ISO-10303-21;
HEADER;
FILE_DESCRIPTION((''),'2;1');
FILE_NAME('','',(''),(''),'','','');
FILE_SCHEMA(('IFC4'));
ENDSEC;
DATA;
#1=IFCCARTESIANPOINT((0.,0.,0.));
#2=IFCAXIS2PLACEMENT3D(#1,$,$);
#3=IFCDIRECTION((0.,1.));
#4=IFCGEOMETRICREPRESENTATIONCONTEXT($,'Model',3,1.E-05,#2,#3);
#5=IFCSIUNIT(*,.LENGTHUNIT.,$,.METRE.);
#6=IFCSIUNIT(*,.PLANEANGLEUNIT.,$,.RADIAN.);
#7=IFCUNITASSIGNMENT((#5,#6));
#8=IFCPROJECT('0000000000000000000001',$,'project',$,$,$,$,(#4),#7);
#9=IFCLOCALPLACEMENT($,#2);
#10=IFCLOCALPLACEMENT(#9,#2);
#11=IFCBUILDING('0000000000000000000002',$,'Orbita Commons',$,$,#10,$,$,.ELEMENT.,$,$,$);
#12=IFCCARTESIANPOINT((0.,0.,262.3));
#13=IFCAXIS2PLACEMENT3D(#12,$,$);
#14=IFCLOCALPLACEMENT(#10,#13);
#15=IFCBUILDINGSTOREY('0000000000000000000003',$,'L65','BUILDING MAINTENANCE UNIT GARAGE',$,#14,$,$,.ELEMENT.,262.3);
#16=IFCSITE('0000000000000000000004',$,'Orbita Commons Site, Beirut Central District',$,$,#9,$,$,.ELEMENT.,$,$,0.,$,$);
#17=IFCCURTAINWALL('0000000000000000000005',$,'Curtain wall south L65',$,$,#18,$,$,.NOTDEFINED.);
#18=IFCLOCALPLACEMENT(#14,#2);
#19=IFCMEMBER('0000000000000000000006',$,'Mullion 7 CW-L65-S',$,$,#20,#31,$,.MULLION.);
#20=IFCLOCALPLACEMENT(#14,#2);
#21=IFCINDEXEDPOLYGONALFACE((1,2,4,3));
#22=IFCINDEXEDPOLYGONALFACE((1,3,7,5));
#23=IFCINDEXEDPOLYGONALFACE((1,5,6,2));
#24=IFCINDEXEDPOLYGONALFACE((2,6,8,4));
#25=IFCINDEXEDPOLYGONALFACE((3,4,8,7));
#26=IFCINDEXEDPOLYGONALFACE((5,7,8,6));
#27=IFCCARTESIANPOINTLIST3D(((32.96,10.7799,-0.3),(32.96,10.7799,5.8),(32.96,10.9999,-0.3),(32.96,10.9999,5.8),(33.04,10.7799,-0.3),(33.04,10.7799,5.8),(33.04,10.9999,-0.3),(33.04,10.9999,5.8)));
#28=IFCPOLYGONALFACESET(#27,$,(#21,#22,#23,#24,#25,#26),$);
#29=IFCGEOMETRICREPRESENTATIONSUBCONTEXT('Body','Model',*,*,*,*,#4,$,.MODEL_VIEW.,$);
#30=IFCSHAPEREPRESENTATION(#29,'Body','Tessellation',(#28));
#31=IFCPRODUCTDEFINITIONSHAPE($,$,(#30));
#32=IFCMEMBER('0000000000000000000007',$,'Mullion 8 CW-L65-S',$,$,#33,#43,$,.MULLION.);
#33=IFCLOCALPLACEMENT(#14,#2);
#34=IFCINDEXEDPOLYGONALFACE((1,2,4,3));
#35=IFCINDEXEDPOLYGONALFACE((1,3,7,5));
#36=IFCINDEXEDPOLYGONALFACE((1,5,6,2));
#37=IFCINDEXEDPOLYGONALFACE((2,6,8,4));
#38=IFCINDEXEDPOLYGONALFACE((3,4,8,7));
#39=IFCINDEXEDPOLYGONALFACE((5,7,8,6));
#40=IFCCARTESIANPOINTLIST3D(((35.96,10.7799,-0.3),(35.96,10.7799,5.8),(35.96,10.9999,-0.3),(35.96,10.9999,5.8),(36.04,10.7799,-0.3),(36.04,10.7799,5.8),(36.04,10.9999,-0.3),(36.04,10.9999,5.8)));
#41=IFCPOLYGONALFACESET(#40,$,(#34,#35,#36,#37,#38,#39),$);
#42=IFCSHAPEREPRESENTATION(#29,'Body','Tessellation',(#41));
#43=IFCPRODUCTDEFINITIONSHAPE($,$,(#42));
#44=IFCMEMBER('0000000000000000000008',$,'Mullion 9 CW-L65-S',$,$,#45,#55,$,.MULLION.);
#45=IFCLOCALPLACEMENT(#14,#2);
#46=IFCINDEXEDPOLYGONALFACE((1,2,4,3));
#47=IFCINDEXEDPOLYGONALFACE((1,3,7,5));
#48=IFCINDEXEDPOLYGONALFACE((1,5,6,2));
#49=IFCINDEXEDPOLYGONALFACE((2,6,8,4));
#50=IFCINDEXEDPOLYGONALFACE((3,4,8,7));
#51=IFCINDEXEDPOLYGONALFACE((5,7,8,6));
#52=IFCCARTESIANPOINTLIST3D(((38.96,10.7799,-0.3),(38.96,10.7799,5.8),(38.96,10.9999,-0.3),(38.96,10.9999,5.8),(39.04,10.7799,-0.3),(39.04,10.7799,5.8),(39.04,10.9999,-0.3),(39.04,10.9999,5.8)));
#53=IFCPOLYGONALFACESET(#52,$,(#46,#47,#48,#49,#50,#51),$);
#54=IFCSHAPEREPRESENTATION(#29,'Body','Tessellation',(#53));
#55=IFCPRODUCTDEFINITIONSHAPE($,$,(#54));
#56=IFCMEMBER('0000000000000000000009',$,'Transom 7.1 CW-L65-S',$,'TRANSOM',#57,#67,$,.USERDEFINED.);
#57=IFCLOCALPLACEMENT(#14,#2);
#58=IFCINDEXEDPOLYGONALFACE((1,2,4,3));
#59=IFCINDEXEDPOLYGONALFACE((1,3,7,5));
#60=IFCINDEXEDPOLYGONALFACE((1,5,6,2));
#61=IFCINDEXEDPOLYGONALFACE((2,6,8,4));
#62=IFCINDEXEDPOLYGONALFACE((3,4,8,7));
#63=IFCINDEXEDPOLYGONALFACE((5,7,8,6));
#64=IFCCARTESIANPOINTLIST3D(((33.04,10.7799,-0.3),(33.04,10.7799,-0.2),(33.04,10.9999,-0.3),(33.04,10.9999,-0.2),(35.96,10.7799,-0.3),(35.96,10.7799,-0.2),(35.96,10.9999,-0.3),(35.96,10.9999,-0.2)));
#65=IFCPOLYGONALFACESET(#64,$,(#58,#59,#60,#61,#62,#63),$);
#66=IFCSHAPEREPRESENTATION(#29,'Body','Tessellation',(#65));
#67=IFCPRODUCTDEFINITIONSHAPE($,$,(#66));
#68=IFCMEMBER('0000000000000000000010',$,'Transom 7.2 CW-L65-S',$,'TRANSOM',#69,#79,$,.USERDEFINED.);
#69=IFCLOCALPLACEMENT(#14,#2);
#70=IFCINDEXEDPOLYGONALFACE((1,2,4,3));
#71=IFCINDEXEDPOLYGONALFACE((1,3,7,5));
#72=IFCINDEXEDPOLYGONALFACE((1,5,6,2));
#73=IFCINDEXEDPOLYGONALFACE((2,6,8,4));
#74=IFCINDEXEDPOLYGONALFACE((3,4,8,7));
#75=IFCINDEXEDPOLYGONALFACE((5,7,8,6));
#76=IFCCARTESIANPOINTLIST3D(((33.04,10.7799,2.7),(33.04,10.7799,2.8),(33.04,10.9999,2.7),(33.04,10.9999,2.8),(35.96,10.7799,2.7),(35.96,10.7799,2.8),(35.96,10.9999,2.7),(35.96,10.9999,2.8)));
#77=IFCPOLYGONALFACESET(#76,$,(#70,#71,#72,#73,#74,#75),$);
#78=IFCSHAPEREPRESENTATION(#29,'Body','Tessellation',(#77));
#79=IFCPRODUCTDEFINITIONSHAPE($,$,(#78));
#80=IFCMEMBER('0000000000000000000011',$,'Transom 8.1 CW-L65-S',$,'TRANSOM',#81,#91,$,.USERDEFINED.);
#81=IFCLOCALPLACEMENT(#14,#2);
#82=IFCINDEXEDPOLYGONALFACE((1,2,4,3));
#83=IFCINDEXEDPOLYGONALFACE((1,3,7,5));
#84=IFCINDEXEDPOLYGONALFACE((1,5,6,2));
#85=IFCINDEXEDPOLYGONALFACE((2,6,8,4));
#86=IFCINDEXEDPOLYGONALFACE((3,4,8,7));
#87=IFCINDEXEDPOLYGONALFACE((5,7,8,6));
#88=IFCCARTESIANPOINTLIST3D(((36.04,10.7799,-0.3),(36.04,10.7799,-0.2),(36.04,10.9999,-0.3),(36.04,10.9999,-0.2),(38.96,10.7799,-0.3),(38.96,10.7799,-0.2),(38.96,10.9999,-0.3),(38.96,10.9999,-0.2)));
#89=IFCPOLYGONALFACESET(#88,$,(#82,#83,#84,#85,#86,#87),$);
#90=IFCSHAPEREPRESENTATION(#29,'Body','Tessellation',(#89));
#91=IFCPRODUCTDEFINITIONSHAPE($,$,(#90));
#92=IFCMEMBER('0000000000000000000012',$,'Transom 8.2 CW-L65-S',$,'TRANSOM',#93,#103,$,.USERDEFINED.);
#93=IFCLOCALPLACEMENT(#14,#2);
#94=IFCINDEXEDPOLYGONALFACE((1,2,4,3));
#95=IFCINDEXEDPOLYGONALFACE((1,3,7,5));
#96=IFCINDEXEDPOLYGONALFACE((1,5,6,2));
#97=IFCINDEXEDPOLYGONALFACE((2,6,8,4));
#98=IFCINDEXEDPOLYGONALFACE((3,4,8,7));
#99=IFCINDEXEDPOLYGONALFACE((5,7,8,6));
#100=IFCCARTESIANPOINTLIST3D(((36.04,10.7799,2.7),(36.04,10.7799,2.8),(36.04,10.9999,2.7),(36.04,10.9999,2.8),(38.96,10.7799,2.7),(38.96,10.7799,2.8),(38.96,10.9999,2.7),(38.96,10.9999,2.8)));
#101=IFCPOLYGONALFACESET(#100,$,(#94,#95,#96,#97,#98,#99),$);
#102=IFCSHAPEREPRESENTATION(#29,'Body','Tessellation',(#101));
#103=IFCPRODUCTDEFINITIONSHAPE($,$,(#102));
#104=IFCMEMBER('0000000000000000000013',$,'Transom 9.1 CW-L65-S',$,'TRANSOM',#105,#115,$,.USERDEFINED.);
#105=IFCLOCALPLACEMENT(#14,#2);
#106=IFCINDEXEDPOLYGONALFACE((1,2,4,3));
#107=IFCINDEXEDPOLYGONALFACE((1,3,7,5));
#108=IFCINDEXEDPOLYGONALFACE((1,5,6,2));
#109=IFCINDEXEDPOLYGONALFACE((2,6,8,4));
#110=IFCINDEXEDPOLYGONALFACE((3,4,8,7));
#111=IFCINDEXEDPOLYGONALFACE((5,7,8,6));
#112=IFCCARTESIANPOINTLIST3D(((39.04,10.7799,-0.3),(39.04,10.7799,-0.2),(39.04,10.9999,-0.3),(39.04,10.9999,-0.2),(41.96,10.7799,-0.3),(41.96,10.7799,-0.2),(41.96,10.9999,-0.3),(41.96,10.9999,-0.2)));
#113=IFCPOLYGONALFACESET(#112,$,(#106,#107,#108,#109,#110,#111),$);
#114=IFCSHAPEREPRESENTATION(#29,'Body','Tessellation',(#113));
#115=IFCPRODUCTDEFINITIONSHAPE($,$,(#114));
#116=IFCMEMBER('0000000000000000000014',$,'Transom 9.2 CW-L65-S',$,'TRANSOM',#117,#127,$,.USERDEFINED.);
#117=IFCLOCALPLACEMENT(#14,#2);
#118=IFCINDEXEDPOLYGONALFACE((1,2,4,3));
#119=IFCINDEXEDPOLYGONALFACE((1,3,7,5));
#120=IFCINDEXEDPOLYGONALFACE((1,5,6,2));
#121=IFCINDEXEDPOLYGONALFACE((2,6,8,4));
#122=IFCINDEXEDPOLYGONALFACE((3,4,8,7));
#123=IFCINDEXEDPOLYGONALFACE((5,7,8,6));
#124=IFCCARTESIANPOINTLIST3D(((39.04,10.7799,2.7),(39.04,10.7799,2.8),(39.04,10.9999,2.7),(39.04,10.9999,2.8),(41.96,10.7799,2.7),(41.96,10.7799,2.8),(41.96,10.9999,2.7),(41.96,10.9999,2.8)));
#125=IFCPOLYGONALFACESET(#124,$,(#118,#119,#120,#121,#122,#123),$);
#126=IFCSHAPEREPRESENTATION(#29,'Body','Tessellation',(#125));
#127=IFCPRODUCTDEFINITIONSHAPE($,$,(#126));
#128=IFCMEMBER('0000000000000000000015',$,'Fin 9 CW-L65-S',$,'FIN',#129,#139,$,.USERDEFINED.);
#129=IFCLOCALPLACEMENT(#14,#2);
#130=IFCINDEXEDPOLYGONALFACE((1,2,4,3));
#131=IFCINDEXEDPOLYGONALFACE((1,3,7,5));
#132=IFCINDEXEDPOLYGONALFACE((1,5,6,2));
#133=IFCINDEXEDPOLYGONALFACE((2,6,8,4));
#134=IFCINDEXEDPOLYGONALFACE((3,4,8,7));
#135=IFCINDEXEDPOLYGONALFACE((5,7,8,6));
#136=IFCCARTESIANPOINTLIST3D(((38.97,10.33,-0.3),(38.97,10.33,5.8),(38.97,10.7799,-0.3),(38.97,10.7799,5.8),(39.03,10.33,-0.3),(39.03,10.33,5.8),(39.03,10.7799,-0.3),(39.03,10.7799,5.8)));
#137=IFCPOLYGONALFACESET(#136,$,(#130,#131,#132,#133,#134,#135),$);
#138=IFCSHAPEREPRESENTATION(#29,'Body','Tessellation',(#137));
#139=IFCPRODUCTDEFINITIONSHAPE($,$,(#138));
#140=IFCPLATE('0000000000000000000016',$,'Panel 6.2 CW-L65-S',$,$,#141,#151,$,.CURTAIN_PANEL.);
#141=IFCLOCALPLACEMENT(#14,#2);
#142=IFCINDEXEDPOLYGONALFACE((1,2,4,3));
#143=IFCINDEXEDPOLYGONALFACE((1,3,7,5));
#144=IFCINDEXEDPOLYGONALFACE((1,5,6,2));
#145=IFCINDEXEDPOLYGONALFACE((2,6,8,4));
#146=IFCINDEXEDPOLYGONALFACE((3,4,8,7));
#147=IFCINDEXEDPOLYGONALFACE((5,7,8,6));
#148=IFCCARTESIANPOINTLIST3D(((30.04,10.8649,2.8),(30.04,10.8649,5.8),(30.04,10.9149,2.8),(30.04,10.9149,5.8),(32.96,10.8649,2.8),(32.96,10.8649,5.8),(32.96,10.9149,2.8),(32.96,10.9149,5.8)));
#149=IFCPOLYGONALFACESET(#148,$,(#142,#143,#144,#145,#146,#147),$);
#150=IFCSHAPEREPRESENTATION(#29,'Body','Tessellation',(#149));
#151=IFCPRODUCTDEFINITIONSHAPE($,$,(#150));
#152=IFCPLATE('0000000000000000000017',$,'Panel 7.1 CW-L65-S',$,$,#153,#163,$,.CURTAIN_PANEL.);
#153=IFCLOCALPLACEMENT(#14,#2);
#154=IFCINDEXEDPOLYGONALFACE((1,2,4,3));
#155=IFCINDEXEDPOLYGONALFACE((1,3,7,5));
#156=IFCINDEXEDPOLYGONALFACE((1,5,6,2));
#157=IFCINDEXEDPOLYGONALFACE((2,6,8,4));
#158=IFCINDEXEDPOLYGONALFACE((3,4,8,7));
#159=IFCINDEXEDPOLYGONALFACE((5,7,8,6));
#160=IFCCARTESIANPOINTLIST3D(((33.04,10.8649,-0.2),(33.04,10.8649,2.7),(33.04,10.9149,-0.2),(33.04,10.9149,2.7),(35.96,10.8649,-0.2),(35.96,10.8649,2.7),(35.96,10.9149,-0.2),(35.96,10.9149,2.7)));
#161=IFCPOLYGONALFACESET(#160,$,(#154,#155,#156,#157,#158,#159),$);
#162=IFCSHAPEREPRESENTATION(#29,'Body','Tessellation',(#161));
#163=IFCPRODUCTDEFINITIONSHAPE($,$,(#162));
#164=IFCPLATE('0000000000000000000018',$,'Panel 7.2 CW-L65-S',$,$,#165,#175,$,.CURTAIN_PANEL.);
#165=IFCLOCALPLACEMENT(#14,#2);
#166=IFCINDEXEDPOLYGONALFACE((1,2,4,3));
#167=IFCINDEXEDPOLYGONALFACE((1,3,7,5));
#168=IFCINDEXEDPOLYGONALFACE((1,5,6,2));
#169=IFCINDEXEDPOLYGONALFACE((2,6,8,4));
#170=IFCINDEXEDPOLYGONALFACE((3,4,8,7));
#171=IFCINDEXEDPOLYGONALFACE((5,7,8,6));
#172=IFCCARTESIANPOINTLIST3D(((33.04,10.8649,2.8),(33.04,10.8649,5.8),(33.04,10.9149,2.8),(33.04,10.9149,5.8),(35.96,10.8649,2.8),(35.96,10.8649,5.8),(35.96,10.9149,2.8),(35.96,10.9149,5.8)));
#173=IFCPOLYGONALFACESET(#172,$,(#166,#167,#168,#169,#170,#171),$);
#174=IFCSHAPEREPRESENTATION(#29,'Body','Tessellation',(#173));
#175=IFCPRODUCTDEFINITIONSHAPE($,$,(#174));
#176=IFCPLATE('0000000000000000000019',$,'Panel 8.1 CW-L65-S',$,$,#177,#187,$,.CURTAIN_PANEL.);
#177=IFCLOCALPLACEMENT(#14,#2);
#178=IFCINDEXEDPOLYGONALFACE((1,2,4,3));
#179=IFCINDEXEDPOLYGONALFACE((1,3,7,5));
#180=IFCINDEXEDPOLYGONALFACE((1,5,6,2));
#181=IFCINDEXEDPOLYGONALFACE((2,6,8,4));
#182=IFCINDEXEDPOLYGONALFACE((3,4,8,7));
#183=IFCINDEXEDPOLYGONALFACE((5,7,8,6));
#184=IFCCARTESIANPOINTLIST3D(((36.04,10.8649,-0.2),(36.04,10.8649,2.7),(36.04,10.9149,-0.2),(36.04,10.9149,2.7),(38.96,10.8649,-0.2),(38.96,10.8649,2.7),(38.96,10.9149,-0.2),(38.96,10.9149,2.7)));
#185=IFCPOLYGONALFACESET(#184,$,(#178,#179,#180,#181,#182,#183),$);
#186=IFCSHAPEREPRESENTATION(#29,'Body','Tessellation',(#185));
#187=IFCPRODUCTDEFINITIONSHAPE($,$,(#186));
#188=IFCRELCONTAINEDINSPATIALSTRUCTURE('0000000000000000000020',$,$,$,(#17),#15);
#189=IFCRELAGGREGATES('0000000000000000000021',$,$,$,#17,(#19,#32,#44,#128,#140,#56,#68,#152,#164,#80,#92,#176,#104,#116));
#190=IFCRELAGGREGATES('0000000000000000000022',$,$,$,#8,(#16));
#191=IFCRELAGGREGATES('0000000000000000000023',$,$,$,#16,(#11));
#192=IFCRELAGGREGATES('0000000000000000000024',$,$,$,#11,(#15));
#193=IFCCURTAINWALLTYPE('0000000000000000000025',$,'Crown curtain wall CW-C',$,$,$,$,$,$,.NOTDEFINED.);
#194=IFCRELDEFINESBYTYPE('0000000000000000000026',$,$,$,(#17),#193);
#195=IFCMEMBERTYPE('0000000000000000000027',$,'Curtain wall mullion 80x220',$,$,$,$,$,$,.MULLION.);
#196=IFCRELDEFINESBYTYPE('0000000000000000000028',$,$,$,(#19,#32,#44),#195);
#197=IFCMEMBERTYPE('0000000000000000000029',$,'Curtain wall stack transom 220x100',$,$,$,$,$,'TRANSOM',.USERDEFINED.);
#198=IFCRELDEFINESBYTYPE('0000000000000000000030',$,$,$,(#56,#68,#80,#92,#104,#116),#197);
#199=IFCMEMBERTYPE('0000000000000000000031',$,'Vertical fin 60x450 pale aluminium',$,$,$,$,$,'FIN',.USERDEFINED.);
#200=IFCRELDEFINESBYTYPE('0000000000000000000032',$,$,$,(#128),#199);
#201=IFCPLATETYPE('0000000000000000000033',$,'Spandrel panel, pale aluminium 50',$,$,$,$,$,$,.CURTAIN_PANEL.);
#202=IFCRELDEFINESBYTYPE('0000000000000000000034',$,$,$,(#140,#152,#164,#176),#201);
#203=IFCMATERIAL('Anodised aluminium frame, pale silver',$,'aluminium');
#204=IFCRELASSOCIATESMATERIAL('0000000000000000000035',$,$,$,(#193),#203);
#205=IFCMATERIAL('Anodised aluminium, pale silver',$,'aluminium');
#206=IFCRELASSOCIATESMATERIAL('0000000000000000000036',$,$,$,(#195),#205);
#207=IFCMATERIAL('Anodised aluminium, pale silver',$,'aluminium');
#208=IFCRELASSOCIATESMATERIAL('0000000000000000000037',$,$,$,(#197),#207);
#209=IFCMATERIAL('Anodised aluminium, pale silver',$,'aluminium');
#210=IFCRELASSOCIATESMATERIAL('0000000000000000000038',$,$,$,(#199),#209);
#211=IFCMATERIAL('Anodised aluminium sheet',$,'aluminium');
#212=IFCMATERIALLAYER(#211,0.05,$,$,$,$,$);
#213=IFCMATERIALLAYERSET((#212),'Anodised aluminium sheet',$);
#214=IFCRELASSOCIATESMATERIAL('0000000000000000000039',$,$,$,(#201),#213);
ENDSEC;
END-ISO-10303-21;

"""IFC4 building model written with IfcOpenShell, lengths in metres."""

from ifc_helpers import new_model, si_unit, direction, frame, origin, origin_2d, place, context, subcontext, project, spatial, rectangle, extrude, material, layer, layer_set, material_profile, profile_set, type_object, element, aggregate, save


model = new_model("IFC4")

# Units and contexts
model_context = context("Model", 3, precision=1e-05, world=origin(), true_north=direction((0.0, 1.0)))
body_context = subcontext(model_context, "Body", "Model", "MODEL_VIEW")
ifc_project = project(units=[si_unit("LENGTHUNIT", "METRE"), si_unit("PLANEANGLEUNIT", "RADIAN")], contexts=[model_context])

# Site, building, storey
site_placement = place(None, origin())
site = spatial("IfcSite", under=ifc_project, at=site_placement, Name="Orbita Commons Site, Beirut Central District", CompositionType="ELEMENT", RefElevation=0.0)
building_placement = place(site_placement, origin())
building = spatial("IfcBuilding", under=site, at=building_placement, Name="Orbita Commons", CompositionType="ELEMENT")
storey_placement = place(building_placement, frame((0.0, 0.0, 262.3)))
storey = spatial("IfcBuildingStorey", under=building, at=storey_placement, Name="L65", Description="BUILDING MAINTENANCE UNIT GARAGE", CompositionType="ELEMENT", Elevation=262.3)

# Curtain wall, members, plates
ifc_material_1 = material(Name="Anodised aluminium frame, pale silver", Category="aluminium")
curtain_wall_type = type_object("IfcCurtainWallType", Name="Crown curtain wall CW-C", PredefinedType="NOTDEFINED", material=ifc_material_1)
curtain_wall_placement = place(storey_placement, origin())
curtain_wall = element("IfcCurtainWall", 1, at=curtain_wall_placement, inside=storey, type_object=curtain_wall_type, Name="Curtain wall south L65", PredefinedType="NOTDEFINED")
ifc_material_2 = material(Name="Anodised aluminium, pale silver", Category="aluminium")
ifc_material_profile_1 = material_profile(ifc_material_2, rectangle(XDim=0.0801, YDim=0.22, at=origin_2d()), Name="AL 80x220")
ifc_profile_set_1 = profile_set([ifc_material_profile_1], Name="Anodised aluminium, pale silver")
member_type_1 = type_object("IfcMemberType", Name="Curtain wall mullion 80x220", PredefinedType="MULLION", material=ifc_profile_set_1)
member_1_placement = place(storey_placement, frame((33.0, 10.8899, -0.3), z_axis=(0.0, 0.0, 1.0), x_axis=(1.0, 0.0, 0.0)))
member_1 = element("IfcMember", 2, at=member_1_placement, type_object=member_type_1, Name="Mullion 7 CW-L65-S", PredefinedType="MULLION", context=body_context, shape_type="SweptSolid", body=[
    extrude(rectangle(XDim=0.0801, YDim=0.22, at=origin_2d()), origin(), (0.0, 0.0, 1.0), 6.1001),
])
member_2_placement = place(storey_placement, frame((36.0, 10.8899, -0.3), z_axis=(0.0, 0.0, 1.0), x_axis=(1.0, 0.0, 0.0)))
member_2 = element("IfcMember", 3, at=member_2_placement, type_object=member_type_1, Name="Mullion 8 CW-L65-S", PredefinedType="MULLION", context=body_context, shape_type="SweptSolid", body=[
    extrude(rectangle(XDim=0.0801, YDim=0.22, at=origin_2d()), origin(), (0.0, 0.0, 1.0), 6.1001),
])
member_3_placement = place(storey_placement, frame((39.0, 10.8899, -0.3), z_axis=(0.0, 0.0, 1.0), x_axis=(1.0, 0.0, 0.0)))
member_3 = element("IfcMember", 4, at=member_3_placement, type_object=member_type_1, Name="Mullion 9 CW-L65-S", PredefinedType="MULLION", context=body_context, shape_type="SweptSolid", body=[
    extrude(rectangle(XDim=0.0801, YDim=0.22, at=origin_2d()), origin(), (0.0, 0.0, 1.0), 6.1001),
])
ifc_material_3 = material(Name="Anodised aluminium, pale silver", Category="aluminium")
ifc_material_profile_2 = material_profile(ifc_material_3, rectangle(XDim=0.22, YDim=0.1001, at=origin_2d()), Name="AL 220x100")
ifc_profile_set_2 = profile_set([ifc_material_profile_2], Name="Anodised aluminium, pale silver")
member_type_2 = type_object("IfcMemberType", Name="Curtain wall stack transom 220x100", ElementType="TRANSOM", PredefinedType="USERDEFINED", material=ifc_profile_set_2)
member_4_placement = place(storey_placement, frame((33.04, 10.8899, -0.25), z_axis=(1.0, 0.0, 0.0), x_axis=(0.0, 1.0, 0.0)))
member_4 = element("IfcMember", 5, at=member_4_placement, type_object=member_type_2, Name="Transom 7.1 CW-L65-S", ObjectType="TRANSOM", PredefinedType="USERDEFINED", context=body_context, shape_type="SweptSolid", body=[
    extrude(rectangle(XDim=0.22, YDim=0.1001, at=origin_2d()), origin(), (0.0, 0.0, 1.0), 2.9199),
])
member_5_placement = place(storey_placement, frame((33.04, 10.8899, 2.75), z_axis=(1.0, 0.0, 0.0), x_axis=(0.0, 1.0, 0.0)))
member_5 = element("IfcMember", 6, at=member_5_placement, type_object=member_type_2, Name="Transom 7.2 CW-L65-S", ObjectType="TRANSOM", PredefinedType="USERDEFINED", context=body_context, shape_type="SweptSolid", body=[
    extrude(rectangle(XDim=0.22, YDim=0.1001, at=origin_2d()), origin(), (0.0, 0.0, 1.0), 2.9199),
])
member_6_placement = place(storey_placement, frame((36.04, 10.8899, -0.25), z_axis=(1.0, 0.0, 0.0), x_axis=(0.0, 1.0, 0.0)))
member_6 = element("IfcMember", 7, at=member_6_placement, type_object=member_type_2, Name="Transom 8.1 CW-L65-S", ObjectType="TRANSOM", PredefinedType="USERDEFINED", context=body_context, shape_type="SweptSolid", body=[
    extrude(rectangle(XDim=0.22, YDim=0.1001, at=origin_2d()), origin(), (0.0, 0.0, 1.0), 2.9199),
])
member_7_placement = place(storey_placement, frame((36.04, 10.8899, 2.75), z_axis=(1.0, 0.0, 0.0), x_axis=(0.0, 1.0, 0.0)))
member_7 = element("IfcMember", 8, at=member_7_placement, type_object=member_type_2, Name="Transom 8.2 CW-L65-S", ObjectType="TRANSOM", PredefinedType="USERDEFINED", context=body_context, shape_type="SweptSolid", body=[
    extrude(rectangle(XDim=0.22, YDim=0.1001, at=origin_2d()), origin(), (0.0, 0.0, 1.0), 2.9199),
])
member_8_placement = place(storey_placement, frame((39.04, 10.8899, -0.25), z_axis=(1.0, 0.0, 0.0), x_axis=(0.0, 1.0, 0.0)))
member_8 = element("IfcMember", 9, at=member_8_placement, type_object=member_type_2, Name="Transom 9.1 CW-L65-S", ObjectType="TRANSOM", PredefinedType="USERDEFINED", context=body_context, shape_type="SweptSolid", body=[
    extrude(rectangle(XDim=0.22, YDim=0.1001, at=origin_2d()), origin(), (0.0, 0.0, 1.0), 2.9199),
])
member_9_placement = place(storey_placement, frame((39.04, 10.8899, 2.75), z_axis=(1.0, 0.0, 0.0), x_axis=(0.0, 1.0, 0.0)))
member_9 = element("IfcMember", 10, at=member_9_placement, type_object=member_type_2, Name="Transom 9.2 CW-L65-S", ObjectType="TRANSOM", PredefinedType="USERDEFINED", context=body_context, shape_type="SweptSolid", body=[
    extrude(rectangle(XDim=0.22, YDim=0.1001, at=origin_2d()), origin(), (0.0, 0.0, 1.0), 2.9199),
])
ifc_material_4 = material(Name="Anodised aluminium, pale silver", Category="aluminium")
ifc_material_profile_3 = material_profile(ifc_material_4, rectangle(XDim=0.0601, YDim=0.45, at=origin_2d()), Name="FIN 60x450")
ifc_profile_set_3 = profile_set([ifc_material_profile_3], Name="Anodised aluminium, pale silver")
member_type_3 = type_object("IfcMemberType", Name="Vertical fin 60x450 pale aluminium", ElementType="FIN", PredefinedType="USERDEFINED", material=ifc_profile_set_3)
member_10_placement = place(storey_placement, frame((39.0, 10.5549, -0.3), z_axis=(0.0, 0.0, 1.0), x_axis=(1.0, 0.0, 0.0)))
member_10 = element("IfcMember", 11, at=member_10_placement, type_object=member_type_3, Name="Fin 9 CW-L65-S", ObjectType="FIN", PredefinedType="USERDEFINED", context=body_context, shape_type="SweptSolid", body=[
    extrude(rectangle(XDim=0.0601, YDim=0.45, at=origin_2d()), origin(), (0.0, 0.0, 1.0), 6.1001),
])
ifc_material_5 = material(Name="Anodised aluminium sheet", Category="aluminium")
ifc_layer = layer(ifc_material_5, 0.05)
ifc_layer_set = layer_set([ifc_layer], Name="Anodised aluminium sheet")
plate_type = type_object("IfcPlateType", Name="Spandrel panel, pale aluminium 50", PredefinedType="CURTAIN_PANEL", material=ifc_layer_set)
plate_1_placement = place(storey_placement, frame((31.5, 10.8899, 2.8), z_axis=(0.0, 0.0, 1.0), x_axis=(1.0, 0.0, 0.0)))
plate_1 = element("IfcPlate", 12, at=plate_1_placement, type_object=plate_type, Name="Panel 6.2 CW-L65-S", PredefinedType="CURTAIN_PANEL", context=body_context, shape_type="SweptSolid", body=[
    extrude(rectangle(XDim=2.9199, YDim=0.05, at=origin_2d()), origin(), (0.0, 0.0, 1.0), 3.0),
])
plate_2_placement = place(storey_placement, frame((34.5, 10.8899, -0.2), z_axis=(0.0, 0.0, 1.0), x_axis=(1.0, 0.0, 0.0)))
plate_2 = element("IfcPlate", 13, at=plate_2_placement, type_object=plate_type, Name="Panel 7.1 CW-L65-S", PredefinedType="CURTAIN_PANEL", context=body_context, shape_type="SweptSolid", body=[
    extrude(rectangle(XDim=2.9199, YDim=0.05, at=origin_2d()), origin(), (0.0, 0.0, 1.0), 2.8999),
])
plate_3_placement = place(storey_placement, frame((34.5, 10.8899, 2.8), z_axis=(0.0, 0.0, 1.0), x_axis=(1.0, 0.0, 0.0)))
plate_3 = element("IfcPlate", 14, at=plate_3_placement, type_object=plate_type, Name="Panel 7.2 CW-L65-S", PredefinedType="CURTAIN_PANEL", context=body_context, shape_type="SweptSolid", body=[
    extrude(rectangle(XDim=2.9199, YDim=0.05, at=origin_2d()), origin(), (0.0, 0.0, 1.0), 3.0),
])
plate_4_placement = place(storey_placement, frame((37.5, 10.8899, -0.2), z_axis=(0.0, 0.0, 1.0), x_axis=(1.0, 0.0, 0.0)))
plate_4 = element("IfcPlate", 15, at=plate_4_placement, type_object=plate_type, Name="Panel 8.1 CW-L65-S", PredefinedType="CURTAIN_PANEL", context=body_context, shape_type="SweptSolid", body=[
    extrude(rectangle(XDim=2.9199, YDim=0.05, at=origin_2d()), origin(), (0.0, 0.0, 1.0), 2.8999),
])
aggregate(curtain_wall, [member_1, member_2, member_3, member_10, plate_1, member_4, member_5, plate_2, plate_3, member_6, member_7, plate_4, member_8, member_9])

save(model, "model.ifc")
